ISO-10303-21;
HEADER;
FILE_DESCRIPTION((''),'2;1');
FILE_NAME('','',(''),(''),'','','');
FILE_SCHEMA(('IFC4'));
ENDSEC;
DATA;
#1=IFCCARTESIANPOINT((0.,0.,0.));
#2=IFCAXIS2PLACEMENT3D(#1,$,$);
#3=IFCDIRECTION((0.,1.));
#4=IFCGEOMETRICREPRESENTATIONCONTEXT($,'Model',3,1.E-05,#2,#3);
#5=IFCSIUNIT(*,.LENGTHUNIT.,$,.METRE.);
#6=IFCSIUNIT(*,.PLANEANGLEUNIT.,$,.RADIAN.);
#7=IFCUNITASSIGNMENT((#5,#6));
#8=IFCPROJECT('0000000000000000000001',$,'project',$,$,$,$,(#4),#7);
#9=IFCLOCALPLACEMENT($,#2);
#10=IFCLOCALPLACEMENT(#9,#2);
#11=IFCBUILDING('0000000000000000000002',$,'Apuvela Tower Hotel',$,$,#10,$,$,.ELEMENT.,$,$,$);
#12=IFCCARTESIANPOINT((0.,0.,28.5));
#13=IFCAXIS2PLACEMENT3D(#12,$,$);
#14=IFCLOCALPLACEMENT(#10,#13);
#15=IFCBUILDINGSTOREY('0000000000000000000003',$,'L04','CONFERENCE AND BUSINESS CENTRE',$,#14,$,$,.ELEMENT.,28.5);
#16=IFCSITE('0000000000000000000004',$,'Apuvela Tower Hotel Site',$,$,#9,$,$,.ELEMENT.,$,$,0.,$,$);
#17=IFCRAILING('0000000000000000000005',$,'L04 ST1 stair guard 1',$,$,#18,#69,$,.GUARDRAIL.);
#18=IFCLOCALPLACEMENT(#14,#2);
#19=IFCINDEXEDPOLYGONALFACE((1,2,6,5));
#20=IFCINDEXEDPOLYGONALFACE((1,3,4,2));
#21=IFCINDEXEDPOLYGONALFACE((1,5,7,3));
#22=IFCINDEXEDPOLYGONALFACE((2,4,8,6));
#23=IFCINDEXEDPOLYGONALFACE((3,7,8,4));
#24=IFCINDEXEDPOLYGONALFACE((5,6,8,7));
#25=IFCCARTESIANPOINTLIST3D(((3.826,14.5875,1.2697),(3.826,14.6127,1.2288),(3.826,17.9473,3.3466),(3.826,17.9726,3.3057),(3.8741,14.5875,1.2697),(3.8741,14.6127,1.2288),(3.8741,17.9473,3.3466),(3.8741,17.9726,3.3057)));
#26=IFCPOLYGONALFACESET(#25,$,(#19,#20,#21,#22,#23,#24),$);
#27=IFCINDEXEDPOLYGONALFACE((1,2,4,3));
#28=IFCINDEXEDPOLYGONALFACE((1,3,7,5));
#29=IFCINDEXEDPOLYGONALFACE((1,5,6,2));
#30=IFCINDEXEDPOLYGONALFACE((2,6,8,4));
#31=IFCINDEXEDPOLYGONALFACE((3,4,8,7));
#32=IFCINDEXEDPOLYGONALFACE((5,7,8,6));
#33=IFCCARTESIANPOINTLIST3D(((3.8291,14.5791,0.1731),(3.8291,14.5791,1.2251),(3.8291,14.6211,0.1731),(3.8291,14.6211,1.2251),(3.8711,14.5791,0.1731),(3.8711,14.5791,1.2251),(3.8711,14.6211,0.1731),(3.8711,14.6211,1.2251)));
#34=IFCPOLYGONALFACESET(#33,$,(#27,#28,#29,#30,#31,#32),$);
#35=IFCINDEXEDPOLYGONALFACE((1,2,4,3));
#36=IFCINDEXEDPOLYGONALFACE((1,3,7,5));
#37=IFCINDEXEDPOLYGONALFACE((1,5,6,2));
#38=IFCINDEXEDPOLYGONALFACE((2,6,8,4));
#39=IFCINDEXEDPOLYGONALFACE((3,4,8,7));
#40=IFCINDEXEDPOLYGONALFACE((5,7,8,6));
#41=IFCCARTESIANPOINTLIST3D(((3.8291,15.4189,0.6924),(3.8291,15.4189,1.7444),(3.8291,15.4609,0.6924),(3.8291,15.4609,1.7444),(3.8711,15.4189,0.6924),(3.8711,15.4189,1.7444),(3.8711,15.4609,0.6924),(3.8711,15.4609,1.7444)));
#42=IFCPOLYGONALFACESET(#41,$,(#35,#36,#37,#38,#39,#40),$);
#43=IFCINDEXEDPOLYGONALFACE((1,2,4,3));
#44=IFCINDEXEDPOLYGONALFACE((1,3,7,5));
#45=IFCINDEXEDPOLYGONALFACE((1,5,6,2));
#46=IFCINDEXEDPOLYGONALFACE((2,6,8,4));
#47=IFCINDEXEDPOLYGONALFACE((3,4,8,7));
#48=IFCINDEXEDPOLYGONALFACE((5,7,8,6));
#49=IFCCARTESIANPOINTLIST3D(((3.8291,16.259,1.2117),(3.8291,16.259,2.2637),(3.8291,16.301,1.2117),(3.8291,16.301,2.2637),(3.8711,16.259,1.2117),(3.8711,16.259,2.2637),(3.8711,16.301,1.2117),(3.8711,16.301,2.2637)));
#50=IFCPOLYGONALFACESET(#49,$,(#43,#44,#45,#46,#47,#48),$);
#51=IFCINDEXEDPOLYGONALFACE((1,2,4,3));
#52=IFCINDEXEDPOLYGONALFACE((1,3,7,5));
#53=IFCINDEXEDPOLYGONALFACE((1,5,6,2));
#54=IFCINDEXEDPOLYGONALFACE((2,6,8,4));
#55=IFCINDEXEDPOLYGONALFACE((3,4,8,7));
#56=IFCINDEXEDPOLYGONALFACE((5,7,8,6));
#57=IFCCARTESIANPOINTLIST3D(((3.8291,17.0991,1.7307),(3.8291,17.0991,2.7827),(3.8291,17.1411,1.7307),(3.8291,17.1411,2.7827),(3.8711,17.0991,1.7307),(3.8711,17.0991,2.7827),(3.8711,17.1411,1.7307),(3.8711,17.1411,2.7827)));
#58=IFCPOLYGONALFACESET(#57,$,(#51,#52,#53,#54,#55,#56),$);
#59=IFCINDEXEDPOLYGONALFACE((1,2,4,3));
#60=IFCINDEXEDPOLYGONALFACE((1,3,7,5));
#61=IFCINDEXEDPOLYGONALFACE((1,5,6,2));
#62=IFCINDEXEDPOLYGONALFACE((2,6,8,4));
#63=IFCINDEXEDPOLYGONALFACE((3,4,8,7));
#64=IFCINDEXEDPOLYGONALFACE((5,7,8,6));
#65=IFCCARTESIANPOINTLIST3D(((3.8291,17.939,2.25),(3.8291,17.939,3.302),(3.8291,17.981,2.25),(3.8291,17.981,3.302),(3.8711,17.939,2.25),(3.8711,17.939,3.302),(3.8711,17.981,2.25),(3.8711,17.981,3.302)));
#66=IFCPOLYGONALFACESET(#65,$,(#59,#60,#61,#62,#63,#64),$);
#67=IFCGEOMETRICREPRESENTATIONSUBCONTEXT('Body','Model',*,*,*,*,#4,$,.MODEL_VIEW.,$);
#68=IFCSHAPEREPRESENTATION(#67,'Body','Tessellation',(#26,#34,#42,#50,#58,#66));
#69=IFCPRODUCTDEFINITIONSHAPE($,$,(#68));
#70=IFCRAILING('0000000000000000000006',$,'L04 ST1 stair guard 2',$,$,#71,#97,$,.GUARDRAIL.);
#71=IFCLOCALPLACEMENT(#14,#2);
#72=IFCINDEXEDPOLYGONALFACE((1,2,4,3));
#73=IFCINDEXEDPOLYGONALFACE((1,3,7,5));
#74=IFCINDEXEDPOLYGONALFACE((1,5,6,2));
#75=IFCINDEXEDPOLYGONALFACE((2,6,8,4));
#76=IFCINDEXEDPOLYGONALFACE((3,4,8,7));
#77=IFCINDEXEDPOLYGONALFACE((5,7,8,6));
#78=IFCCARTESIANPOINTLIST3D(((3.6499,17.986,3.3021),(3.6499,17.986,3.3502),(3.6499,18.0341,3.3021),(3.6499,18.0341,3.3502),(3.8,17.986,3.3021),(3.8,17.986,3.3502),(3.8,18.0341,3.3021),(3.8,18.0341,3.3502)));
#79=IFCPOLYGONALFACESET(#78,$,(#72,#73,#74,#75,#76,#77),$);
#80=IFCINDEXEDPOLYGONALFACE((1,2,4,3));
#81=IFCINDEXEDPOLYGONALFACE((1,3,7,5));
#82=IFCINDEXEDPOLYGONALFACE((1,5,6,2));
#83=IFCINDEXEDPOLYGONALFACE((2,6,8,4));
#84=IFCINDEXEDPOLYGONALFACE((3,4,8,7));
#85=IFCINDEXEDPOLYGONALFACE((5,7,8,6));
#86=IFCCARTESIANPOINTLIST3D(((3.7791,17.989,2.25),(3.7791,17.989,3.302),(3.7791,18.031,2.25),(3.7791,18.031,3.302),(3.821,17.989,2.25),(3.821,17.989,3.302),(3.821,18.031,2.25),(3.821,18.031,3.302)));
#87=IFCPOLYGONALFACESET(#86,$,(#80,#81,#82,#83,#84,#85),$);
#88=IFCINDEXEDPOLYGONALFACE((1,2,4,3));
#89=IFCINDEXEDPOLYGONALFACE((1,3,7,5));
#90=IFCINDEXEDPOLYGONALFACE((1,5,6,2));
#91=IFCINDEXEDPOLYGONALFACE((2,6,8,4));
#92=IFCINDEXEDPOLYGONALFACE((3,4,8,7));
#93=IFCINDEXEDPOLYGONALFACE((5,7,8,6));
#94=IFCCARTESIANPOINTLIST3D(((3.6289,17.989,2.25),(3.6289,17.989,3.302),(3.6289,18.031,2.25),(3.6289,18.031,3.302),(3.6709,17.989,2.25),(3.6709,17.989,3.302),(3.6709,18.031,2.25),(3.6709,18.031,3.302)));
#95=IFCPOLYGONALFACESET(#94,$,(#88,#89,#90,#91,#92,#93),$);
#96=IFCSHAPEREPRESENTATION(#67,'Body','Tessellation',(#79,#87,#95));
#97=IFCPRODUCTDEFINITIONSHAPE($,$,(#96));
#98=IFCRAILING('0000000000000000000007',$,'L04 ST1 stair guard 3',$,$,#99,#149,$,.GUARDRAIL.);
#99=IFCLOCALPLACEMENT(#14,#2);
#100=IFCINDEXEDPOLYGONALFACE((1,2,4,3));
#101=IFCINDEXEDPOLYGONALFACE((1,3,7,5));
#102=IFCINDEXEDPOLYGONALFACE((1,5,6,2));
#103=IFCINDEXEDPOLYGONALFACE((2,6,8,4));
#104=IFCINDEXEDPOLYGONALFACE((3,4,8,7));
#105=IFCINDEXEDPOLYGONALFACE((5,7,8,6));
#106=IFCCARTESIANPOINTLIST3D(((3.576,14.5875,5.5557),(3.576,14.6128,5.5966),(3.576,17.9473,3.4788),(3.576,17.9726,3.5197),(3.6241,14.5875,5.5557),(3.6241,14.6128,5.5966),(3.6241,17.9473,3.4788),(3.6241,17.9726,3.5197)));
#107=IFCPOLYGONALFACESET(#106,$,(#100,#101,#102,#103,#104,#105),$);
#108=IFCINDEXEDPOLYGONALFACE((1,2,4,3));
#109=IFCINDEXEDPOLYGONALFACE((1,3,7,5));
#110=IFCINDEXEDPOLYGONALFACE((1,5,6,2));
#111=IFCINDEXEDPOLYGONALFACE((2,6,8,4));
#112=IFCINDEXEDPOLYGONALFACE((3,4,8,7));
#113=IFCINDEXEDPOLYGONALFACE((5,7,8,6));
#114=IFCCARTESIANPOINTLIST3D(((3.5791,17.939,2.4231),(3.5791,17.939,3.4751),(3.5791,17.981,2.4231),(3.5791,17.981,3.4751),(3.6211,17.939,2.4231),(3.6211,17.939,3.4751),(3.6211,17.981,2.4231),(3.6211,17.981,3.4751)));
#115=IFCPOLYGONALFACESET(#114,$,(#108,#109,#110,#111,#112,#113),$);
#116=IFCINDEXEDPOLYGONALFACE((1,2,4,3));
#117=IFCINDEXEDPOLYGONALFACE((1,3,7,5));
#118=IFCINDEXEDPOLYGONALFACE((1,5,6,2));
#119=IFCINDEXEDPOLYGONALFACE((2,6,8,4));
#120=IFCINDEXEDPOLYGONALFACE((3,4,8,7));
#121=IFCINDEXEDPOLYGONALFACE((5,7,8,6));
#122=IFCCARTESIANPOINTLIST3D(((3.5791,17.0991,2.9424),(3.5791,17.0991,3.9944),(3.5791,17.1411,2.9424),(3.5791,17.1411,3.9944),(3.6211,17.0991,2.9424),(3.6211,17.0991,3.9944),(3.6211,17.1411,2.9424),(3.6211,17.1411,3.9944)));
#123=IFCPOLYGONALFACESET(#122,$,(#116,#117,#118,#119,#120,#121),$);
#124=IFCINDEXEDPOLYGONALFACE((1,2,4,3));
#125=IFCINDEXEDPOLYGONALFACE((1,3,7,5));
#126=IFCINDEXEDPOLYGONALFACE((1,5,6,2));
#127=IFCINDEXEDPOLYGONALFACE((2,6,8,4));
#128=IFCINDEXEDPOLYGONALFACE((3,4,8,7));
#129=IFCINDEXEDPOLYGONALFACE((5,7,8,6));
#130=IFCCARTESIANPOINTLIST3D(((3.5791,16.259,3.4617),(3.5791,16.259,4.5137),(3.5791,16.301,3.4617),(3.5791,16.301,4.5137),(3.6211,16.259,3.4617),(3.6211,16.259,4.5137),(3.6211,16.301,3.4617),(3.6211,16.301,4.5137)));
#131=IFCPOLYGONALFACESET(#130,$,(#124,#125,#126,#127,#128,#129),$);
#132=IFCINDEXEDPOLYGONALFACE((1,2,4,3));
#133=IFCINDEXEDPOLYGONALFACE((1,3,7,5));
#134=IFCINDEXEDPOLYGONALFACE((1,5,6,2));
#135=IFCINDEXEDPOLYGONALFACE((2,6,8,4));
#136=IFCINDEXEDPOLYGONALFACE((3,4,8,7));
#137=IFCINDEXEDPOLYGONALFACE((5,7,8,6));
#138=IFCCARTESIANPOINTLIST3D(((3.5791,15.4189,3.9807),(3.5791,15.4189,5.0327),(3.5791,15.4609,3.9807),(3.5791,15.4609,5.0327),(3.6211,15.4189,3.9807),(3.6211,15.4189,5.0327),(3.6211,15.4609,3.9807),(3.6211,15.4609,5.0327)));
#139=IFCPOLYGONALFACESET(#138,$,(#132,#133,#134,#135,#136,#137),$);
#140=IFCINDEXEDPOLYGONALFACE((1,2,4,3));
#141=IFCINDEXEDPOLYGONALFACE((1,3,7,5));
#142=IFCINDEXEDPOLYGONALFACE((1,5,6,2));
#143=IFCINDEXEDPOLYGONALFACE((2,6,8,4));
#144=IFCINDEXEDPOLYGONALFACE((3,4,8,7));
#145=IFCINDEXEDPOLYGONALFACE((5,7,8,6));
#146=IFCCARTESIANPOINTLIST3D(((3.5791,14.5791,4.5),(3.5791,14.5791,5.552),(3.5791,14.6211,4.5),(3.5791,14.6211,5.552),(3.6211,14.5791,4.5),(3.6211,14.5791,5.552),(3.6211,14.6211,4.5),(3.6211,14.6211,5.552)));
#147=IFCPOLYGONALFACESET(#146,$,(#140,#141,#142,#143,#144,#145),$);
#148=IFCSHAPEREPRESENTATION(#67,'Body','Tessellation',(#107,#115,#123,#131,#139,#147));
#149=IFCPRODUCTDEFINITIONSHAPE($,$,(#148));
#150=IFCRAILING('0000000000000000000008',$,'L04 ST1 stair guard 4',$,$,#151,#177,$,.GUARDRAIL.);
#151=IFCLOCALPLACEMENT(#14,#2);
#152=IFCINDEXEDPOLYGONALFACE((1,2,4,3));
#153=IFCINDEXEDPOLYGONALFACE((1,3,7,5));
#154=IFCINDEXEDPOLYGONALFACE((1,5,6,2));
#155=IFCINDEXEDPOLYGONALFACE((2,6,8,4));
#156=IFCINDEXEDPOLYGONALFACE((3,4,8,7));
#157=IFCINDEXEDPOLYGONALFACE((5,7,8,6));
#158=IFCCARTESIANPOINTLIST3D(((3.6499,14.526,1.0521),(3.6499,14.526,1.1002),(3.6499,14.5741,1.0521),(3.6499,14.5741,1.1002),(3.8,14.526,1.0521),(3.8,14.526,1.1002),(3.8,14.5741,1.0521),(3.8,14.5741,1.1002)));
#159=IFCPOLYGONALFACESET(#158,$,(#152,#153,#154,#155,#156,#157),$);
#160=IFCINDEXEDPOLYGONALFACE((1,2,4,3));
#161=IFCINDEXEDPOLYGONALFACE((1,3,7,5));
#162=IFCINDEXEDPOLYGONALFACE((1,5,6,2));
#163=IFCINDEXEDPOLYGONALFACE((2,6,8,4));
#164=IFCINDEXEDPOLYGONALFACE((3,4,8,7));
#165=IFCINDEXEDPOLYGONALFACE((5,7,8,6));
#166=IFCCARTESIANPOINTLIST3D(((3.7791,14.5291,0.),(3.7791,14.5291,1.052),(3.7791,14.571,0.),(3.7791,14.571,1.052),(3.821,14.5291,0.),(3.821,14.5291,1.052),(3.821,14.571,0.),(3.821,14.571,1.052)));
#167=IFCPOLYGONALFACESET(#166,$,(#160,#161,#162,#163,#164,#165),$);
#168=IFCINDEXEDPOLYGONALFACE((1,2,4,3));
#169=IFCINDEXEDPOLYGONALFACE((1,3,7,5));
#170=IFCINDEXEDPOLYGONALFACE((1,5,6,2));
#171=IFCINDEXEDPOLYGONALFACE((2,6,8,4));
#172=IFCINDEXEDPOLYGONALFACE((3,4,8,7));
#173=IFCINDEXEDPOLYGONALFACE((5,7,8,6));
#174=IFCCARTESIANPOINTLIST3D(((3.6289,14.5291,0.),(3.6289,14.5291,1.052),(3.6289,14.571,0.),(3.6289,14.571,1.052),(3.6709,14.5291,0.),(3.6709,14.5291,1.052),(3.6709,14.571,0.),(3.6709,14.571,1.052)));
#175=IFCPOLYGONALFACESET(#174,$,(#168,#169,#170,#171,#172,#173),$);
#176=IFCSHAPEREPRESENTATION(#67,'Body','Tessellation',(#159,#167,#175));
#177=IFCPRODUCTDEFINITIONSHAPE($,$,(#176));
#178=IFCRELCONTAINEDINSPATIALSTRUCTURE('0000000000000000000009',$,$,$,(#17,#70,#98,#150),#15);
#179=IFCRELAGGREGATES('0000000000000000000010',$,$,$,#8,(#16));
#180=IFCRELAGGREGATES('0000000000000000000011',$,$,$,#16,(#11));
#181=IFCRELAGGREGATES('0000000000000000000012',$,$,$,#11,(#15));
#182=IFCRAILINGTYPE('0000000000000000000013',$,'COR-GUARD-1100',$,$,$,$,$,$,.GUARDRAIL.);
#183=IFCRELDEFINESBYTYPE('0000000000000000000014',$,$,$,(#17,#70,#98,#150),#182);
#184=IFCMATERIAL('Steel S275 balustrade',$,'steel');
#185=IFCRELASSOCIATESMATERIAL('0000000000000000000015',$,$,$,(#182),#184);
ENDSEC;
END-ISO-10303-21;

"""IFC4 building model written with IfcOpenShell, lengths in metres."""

from ifc_helpers import new_model, si_unit, direction, frame, origin, origin_2d, place, context, subcontext, project, spatial, rectangle, extrude, material, type_object, element, save


model = new_model("IFC4")

# Units and contexts
model_context = context("Model", 3, precision=1e-05, world=origin(), true_north=direction((0.0, 1.0)))
body_context = subcontext(model_context, "Body", "Model", "MODEL_VIEW")
ifc_project = project(units=[si_unit("LENGTHUNIT", "METRE"), si_unit("PLANEANGLEUNIT", "RADIAN")], contexts=[model_context])

# Site, building, storey
site_placement = place(None, origin())
site = spatial("IfcSite", under=ifc_project, at=site_placement, Name="Apuvela Tower Hotel Site", CompositionType="ELEMENT", RefElevation=0.0)
building_placement = place(site_placement, origin())
building = spatial("IfcBuilding", under=site, at=building_placement, Name="Apuvela Tower Hotel", CompositionType="ELEMENT")
storey_placement = place(building_placement, frame((0.0, 0.0, 28.5)))
storey = spatial("IfcBuildingStorey", under=building, at=storey_placement, Name="L04", Description="CONFERENCE AND BUSINESS CENTRE", CompositionType="ELEMENT", Elevation=28.5)

# Railings
ifc_material_1 = material(Name="Steel S275 balustrade", Category="steel")
railing_type_1 = type_object("IfcRailingType", Name="COR-GUARD-1100", PredefinedType="GUARDRAIL", material=ifc_material_1)
railing_1_placement = place(storey_placement, frame((3.8501, 14.6001, 0.1731)))
element("IfcRailing", 1, at=railing_1_placement, inside=storey, type_object=railing_type_1, Name="L04 ST1 stair guard 1", PredefinedType="GUARDRAIL", context=body_context, shape_type="SweptSolid", body=[
    extrude(rectangle(XDim=0.0481, YDim=0.0481, at=origin_2d()), frame((0.0, 0.0, 1.0762), z_axis=(0.0, 0.850606, 0.525803), x_axis=(-1.0, 0.0, 0.0)), (0.0, 0.0, 1.0), 3.95),
    extrude(rectangle(XDim=0.042, YDim=0.042, at=origin_2d()), origin(), (0.0, 0.0, 1.0), 1.052),
    extrude(rectangle(XDim=0.042, YDim=0.042, at=origin_2d()), frame((0.0, 0.8398, 0.5193)), (0.0, 0.0, 1.0), 1.052),
    extrude(rectangle(XDim=0.042, YDim=0.042, at=origin_2d()), frame((0.0, 1.6799, 1.0386)), (0.0, 0.0, 1.0), 1.052),
    extrude(rectangle(XDim=0.042, YDim=0.042, at=origin_2d()), frame((0.0, 2.52, 1.5576)), (0.0, 0.0, 1.0), 1.052),
    extrude(rectangle(XDim=0.042, YDim=0.042, at=origin_2d()), frame((0.0, 3.3599, 2.0769)), (0.0, 0.0, 1.0), 1.052),
])
railing_2_placement = place(storey_placement, frame((3.8, 18.01, 2.25)))
element("IfcRailing", 2, at=railing_2_placement, inside=storey, type_object=railing_type_1, Name="L04 ST1 stair guard 2", PredefinedType="GUARDRAIL", context=body_context, shape_type="SweptSolid", body=[
    extrude(rectangle(XDim=0.0481, YDim=0.0481, at=origin_2d()), frame((0.0, 0.0, 1.0762), z_axis=(-1.0, 0.0, 0.0), x_axis=(0.0, -1.0, 0.0)), (0.0, 0.0, 1.0), 0.1501),
    extrude(rectangle(XDim=0.042, YDim=0.042, at=origin_2d()), origin(), (0.0, 0.0, 1.0), 1.052),
    extrude(rectangle(XDim=0.042, YDim=0.042, at=origin_2d()), frame((-0.1501, 0.0, 0.0)), (0.0, 0.0, 1.0), 1.052),
])
railing_3_placement = place(storey_placement, frame((3.6001, 17.96, 2.4231)))
element("IfcRailing", 3, at=railing_3_placement, inside=storey, type_object=railing_type_1, Name="L04 ST1 stair guard 3", PredefinedType="GUARDRAIL", context=body_context, shape_type="SweptSolid", body=[
    extrude(rectangle(XDim=0.0481, YDim=0.0481, at=origin_2d()), frame((0.0, 0.0, 1.0762), z_axis=(0.0, -0.850606, 0.525803), x_axis=(1.0, 0.0, 0.0)), (0.0, 0.0, 1.0), 3.95),
    extrude(rectangle(XDim=0.042, YDim=0.042, at=origin_2d()), origin(), (0.0, 0.0, 1.0), 1.052),
    extrude(rectangle(XDim=0.042, YDim=0.042, at=origin_2d()), frame((0.0, -0.8398, 0.5193)), (0.0, 0.0, 1.0), 1.052),
    extrude(rectangle(XDim=0.042, YDim=0.042, at=origin_2d()), frame((0.0, -1.6799, 1.0386)), (0.0, 0.0, 1.0), 1.052),
    extrude(rectangle(XDim=0.042, YDim=0.042, at=origin_2d()), frame((0.0, -2.52, 1.5576)), (0.0, 0.0, 1.0), 1.052),
    extrude(rectangle(XDim=0.042, YDim=0.042, at=origin_2d()), frame((0.0, -3.3599, 2.0769)), (0.0, 0.0, 1.0), 1.052),
])
railing_4_placement = place(storey_placement, frame((3.8, 14.55, 0.0)))
element("IfcRailing", 4, at=railing_4_placement, inside=storey, type_object=railing_type_1, Name="L04 ST1 stair guard 4", PredefinedType="GUARDRAIL", context=body_context, shape_type="SweptSolid", body=[
    extrude(rectangle(XDim=0.0481, YDim=0.0481, at=origin_2d()), frame((0.0, 0.0, 1.0762), z_axis=(-1.0, 0.0, 0.0), x_axis=(0.0, -1.0, 0.0)), (0.0, 0.0, 1.0), 0.1501),
    extrude(rectangle(XDim=0.042, YDim=0.042, at=origin_2d()), origin(), (0.0, 0.0, 1.0), 1.052),
    extrude(rectangle(XDim=0.042, YDim=0.042, at=origin_2d()), frame((-0.1501, 0.0, 0.0)), (0.0, 0.0, 1.0), 1.052),
])

save(model, "model.ifc")
